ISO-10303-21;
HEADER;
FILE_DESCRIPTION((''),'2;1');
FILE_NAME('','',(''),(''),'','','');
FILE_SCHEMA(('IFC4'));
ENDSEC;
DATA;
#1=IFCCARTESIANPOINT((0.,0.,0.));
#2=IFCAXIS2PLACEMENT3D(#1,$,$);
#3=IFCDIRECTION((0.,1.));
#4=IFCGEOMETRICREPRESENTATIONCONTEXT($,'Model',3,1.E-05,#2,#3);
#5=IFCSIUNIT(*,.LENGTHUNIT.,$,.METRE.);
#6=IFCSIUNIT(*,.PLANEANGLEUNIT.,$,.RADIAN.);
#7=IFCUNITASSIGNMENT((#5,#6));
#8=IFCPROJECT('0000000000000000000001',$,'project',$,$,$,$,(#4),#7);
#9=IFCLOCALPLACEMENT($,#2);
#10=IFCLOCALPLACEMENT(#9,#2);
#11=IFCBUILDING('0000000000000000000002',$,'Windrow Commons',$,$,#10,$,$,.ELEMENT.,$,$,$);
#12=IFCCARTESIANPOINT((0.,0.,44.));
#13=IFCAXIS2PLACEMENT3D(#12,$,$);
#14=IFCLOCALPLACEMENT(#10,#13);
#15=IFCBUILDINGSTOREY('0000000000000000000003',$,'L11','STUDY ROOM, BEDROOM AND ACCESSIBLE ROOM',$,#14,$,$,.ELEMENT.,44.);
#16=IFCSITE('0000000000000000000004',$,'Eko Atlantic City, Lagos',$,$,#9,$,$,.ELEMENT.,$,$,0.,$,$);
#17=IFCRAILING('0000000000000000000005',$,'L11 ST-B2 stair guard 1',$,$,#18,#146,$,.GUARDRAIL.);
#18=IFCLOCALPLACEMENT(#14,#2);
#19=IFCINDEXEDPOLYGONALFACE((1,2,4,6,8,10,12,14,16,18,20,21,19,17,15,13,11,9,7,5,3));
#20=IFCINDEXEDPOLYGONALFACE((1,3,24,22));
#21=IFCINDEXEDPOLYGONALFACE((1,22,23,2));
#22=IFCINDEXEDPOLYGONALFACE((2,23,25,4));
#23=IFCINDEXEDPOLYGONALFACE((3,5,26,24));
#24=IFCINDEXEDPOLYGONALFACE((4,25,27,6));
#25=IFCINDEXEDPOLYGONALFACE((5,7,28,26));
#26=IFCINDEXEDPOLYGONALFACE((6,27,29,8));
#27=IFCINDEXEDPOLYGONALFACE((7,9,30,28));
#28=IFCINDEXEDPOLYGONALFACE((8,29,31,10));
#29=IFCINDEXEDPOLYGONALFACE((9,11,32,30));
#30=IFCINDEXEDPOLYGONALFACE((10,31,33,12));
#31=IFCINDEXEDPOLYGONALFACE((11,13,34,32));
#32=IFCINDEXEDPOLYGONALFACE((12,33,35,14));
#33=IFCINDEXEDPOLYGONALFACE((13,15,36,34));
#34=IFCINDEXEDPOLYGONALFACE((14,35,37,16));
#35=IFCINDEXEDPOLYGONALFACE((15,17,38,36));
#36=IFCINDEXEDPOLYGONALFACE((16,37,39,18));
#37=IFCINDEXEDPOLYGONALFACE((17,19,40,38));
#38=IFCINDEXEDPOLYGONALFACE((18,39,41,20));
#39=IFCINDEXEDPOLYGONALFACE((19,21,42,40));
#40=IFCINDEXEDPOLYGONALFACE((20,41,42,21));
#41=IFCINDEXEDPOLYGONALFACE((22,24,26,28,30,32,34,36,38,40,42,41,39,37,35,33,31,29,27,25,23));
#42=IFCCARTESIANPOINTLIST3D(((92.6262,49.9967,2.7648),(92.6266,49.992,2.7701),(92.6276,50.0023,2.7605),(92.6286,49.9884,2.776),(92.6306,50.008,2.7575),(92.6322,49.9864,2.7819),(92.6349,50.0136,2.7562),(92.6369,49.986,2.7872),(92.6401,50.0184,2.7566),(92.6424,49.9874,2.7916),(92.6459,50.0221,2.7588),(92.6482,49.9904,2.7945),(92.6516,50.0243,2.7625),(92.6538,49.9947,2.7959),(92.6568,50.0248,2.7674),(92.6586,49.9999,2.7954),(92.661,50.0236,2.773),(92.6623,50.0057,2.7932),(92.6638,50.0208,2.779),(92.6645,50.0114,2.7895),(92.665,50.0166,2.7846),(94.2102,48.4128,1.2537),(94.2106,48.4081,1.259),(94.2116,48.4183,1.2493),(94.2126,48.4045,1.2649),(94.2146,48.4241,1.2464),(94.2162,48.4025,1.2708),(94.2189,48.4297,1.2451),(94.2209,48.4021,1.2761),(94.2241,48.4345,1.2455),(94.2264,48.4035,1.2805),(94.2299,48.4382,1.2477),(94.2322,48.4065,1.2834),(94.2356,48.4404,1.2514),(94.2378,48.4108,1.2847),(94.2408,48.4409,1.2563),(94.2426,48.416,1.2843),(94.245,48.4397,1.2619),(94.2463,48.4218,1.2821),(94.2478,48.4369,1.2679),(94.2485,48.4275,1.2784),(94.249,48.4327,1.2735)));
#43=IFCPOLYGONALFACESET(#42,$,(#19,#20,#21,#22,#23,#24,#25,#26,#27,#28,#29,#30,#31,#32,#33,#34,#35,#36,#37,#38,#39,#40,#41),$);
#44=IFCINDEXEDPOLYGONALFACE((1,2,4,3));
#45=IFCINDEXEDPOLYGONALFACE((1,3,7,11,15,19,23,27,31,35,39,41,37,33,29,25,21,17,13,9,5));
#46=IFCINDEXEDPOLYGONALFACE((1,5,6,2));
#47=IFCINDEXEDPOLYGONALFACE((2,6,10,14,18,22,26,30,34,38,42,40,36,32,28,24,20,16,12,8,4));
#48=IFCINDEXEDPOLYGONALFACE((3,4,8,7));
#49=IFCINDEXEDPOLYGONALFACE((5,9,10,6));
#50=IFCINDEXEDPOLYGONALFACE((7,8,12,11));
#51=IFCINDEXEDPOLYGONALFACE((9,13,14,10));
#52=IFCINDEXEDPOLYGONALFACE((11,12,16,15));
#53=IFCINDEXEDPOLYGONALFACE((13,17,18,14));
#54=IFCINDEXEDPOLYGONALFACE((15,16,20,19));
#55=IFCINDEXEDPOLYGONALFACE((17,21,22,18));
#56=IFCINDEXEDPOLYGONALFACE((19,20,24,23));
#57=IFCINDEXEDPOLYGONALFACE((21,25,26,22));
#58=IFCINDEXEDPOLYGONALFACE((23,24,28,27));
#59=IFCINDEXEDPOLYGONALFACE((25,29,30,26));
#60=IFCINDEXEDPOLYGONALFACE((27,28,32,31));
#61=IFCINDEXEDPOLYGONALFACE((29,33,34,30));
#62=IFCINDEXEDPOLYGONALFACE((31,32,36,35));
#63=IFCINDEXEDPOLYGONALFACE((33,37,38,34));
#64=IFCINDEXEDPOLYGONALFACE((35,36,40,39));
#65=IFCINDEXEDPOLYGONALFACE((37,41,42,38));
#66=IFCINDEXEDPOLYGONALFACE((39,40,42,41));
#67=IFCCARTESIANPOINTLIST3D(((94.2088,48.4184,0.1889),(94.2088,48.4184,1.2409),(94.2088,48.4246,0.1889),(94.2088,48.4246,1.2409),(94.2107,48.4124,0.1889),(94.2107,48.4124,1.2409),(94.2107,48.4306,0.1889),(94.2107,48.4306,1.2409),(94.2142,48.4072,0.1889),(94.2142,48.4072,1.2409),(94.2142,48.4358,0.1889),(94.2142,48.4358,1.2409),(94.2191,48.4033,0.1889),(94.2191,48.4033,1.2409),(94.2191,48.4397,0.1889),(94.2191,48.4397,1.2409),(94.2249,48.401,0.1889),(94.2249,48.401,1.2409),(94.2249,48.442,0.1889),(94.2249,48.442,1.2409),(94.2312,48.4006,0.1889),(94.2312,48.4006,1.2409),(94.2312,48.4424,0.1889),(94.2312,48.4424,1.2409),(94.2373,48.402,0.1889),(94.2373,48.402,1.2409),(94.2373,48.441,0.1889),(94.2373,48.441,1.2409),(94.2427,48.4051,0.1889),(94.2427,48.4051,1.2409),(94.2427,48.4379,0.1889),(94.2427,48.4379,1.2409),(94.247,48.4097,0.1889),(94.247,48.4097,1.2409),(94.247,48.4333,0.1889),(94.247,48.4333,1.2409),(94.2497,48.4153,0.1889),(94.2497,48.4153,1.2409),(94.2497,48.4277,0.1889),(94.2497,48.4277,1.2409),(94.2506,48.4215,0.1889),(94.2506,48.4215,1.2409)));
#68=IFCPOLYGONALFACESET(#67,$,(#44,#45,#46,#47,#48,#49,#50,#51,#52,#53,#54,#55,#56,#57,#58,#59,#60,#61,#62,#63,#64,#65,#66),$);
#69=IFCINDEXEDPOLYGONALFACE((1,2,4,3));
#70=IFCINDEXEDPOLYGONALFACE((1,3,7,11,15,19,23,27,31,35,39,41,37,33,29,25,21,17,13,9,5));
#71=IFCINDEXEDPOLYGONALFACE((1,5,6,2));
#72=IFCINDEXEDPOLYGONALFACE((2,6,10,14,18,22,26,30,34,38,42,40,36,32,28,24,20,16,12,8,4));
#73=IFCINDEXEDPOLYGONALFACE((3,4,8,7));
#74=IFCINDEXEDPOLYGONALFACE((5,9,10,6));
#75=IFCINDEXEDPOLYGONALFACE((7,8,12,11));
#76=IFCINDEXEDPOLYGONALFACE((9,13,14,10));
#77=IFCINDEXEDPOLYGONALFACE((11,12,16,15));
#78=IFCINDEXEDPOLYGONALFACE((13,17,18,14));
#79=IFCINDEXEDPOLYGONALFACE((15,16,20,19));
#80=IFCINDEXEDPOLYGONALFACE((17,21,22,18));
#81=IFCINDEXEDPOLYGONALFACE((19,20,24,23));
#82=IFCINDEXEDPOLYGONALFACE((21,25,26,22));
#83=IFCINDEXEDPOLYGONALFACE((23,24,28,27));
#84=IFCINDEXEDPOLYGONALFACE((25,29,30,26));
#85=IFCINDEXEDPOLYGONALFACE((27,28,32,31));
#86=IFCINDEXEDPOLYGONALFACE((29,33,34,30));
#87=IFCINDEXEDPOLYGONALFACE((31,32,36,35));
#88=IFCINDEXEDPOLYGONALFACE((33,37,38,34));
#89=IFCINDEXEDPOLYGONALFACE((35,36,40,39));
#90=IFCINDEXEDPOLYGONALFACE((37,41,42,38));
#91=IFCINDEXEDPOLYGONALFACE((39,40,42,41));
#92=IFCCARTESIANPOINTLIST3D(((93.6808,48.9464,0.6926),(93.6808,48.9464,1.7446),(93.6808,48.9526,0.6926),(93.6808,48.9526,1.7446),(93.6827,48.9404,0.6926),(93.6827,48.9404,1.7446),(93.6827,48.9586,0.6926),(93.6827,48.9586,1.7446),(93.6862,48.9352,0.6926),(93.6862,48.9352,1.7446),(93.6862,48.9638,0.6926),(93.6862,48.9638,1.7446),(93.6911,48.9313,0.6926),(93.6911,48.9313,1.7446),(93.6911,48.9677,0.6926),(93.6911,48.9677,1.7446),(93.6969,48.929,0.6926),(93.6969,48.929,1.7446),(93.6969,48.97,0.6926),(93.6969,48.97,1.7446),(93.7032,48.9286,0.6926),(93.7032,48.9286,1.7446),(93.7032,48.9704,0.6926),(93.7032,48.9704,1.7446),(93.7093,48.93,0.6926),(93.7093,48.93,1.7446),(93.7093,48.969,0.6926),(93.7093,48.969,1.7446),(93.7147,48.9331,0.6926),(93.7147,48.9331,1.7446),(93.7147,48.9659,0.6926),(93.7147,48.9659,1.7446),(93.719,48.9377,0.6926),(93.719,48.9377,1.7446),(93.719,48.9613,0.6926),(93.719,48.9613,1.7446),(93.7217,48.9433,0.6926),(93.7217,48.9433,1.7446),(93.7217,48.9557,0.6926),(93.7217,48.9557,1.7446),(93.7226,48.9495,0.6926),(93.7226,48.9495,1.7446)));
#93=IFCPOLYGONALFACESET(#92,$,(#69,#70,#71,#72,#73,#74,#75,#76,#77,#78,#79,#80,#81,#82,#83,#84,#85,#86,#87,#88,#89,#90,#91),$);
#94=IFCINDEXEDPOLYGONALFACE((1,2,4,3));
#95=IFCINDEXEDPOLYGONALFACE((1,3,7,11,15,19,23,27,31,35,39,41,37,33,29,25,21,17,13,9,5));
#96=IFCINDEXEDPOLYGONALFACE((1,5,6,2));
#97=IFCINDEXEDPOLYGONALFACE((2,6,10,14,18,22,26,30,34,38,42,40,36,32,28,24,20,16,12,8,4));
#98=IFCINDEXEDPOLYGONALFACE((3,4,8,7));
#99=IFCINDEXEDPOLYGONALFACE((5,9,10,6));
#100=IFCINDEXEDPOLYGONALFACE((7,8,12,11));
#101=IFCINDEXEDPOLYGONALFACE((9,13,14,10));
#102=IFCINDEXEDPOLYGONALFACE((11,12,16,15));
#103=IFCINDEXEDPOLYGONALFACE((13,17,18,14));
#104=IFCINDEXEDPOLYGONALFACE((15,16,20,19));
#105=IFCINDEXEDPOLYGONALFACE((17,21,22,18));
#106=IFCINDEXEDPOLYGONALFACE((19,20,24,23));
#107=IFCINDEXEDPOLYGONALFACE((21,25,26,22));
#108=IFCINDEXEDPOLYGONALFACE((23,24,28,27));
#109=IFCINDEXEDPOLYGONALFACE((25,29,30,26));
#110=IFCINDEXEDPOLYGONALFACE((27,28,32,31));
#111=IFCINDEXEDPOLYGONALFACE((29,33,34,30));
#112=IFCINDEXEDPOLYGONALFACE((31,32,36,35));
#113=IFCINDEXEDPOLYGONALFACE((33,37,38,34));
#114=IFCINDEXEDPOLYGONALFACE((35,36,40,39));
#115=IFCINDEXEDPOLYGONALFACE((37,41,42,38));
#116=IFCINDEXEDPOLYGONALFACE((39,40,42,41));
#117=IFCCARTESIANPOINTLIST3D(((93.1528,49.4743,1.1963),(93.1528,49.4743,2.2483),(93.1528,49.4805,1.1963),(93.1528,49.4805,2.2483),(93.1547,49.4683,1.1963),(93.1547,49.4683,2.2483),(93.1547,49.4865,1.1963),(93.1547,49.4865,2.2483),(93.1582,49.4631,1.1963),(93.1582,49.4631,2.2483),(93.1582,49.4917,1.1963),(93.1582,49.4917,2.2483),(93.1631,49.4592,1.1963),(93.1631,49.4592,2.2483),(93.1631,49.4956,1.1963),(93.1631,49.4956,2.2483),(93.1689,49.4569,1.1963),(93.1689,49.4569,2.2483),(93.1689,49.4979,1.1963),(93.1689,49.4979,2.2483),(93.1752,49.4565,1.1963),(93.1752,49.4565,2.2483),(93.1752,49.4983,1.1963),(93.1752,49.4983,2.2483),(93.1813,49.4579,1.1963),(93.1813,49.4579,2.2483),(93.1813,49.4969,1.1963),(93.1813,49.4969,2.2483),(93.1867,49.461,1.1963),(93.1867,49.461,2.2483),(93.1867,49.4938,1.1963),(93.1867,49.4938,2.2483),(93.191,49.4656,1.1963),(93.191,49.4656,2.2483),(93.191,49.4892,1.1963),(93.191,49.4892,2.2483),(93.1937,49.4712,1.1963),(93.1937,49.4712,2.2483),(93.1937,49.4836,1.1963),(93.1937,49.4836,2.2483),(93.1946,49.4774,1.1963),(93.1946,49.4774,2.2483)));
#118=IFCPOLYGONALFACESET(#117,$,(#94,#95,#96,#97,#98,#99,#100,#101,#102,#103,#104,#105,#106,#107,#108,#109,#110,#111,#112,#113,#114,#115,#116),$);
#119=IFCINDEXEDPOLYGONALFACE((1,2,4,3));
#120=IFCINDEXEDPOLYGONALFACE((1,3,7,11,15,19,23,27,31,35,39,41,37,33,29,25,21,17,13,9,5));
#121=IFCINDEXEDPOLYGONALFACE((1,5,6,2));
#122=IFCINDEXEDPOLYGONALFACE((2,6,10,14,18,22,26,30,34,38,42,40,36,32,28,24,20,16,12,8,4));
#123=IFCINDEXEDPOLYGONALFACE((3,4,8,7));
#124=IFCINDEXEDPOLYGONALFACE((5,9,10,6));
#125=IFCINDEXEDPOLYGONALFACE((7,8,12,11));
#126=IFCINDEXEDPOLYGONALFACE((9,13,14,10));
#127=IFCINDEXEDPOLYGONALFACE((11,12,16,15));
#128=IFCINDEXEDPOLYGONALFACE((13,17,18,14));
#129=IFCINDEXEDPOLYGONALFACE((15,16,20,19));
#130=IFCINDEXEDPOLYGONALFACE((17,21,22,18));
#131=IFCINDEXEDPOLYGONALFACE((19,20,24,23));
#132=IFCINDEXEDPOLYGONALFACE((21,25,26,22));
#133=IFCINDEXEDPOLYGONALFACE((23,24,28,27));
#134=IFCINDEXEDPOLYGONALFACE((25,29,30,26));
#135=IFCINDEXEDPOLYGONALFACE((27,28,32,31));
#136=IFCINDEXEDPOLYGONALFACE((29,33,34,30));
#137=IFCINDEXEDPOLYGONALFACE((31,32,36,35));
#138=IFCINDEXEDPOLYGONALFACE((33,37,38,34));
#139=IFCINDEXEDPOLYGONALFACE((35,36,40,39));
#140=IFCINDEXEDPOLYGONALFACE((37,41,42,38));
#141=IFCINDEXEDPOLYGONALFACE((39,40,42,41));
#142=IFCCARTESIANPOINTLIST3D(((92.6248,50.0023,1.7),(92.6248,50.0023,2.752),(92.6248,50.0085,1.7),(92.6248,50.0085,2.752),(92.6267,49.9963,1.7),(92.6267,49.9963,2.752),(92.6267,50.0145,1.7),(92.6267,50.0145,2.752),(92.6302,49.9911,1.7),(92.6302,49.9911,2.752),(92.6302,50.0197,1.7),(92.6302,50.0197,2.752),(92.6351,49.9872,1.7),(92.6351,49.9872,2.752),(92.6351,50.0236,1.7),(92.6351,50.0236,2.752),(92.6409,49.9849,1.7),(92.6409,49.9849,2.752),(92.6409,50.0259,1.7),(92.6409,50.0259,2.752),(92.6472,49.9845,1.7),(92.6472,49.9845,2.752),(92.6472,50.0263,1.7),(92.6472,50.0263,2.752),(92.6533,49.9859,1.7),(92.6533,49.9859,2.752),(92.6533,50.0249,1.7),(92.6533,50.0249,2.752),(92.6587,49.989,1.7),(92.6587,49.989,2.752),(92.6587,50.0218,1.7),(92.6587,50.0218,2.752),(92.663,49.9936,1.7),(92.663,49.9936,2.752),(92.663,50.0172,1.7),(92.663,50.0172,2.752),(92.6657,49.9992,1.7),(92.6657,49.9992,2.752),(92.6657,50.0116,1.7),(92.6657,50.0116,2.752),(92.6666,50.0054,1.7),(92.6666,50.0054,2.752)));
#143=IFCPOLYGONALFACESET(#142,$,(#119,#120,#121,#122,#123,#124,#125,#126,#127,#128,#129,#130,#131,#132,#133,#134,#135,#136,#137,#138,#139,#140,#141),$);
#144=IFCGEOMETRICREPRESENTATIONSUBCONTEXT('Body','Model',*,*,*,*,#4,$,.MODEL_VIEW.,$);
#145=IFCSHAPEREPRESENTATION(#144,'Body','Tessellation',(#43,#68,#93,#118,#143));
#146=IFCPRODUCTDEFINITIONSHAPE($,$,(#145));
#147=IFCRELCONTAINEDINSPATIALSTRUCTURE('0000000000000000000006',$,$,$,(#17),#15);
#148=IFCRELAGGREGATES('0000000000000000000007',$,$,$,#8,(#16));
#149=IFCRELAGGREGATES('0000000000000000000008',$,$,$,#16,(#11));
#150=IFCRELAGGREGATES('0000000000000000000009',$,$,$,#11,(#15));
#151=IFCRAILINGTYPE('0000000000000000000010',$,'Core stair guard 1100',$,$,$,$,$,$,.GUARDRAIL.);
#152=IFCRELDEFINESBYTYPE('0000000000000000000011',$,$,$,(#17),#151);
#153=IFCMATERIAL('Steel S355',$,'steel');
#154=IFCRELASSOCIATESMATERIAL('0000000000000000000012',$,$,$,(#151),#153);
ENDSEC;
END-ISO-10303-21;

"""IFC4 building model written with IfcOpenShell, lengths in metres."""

from ifc_helpers import new_model, si_unit, direction, frame, origin, origin_2d, place, context, subcontext, project, spatial, circle, extrude, material, type_object, element, save


model = new_model("IFC4")

# Units and contexts
model_context = context("Model", 3, precision=1e-05, world=origin(), true_north=direction((0.0, 1.0)))
body_context = subcontext(model_context, "Body", "Model", "MODEL_VIEW")
ifc_project = project(units=[si_unit("LENGTHUNIT", "METRE"), si_unit("PLANEANGLEUNIT", "RADIAN")], contexts=[model_context])

# Site, building, storey
site_placement = place(None, origin())
site = spatial("IfcSite", under=ifc_project, at=site_placement, Name="Eko Atlantic City, Lagos", CompositionType="ELEMENT", RefElevation=0.0)
building_placement = place(site_placement, origin())
building = spatial("IfcBuilding", under=site, at=building_placement, Name="Windrow Commons", CompositionType="ELEMENT")
storey_placement = place(building_placement, frame((0.0, 0.0, 44.0)))
storey = spatial("IfcBuildingStorey", under=building, at=storey_placement, Name="L11", Description="STUDY ROOM, BEDROOM AND ACCESSIBLE ROOM", CompositionType="ELEMENT", Elevation=44.0)

# Railing
ifc_material_1 = material(Name="Steel S355", Category="steel")
railing_type = type_object("IfcRailingType", Name="Core stair guard 1100", PredefinedType="GUARDRAIL", material=ifc_material_1)
railing_placement = place(storey_placement, frame((94.2296, 48.4215, 0.1889)))
element("IfcRailing", 1, at=railing_placement, inside=storey, type_object=railing_type, Name="L11 ST-B2 stair guard 1", PredefinedType="GUARDRAIL", context=body_context, shape_type="SweptSolid", body=[
    extrude(circle(Radius=0.024, at=origin_2d()), frame((0.0, 0.0, 1.076), z_axis=(-0.586216, 0.586179, 0.559237), x_axis=(-0.707084, -0.707129, 0.0)), (0.0, 0.0, 1.0), 2.7021),
    extrude(circle(Radius=0.021, at=origin_2d()), origin(), (0.0, 0.0, 1.0), 1.052),
    extrude(circle(Radius=0.021, at=origin_2d()), frame((-0.528, 0.528, 0.5037)), (0.0, 0.0, 1.0), 1.052),
    extrude(circle(Radius=0.021, at=origin_2d()), frame((-1.056, 1.0559, 1.0074)), (0.0, 0.0, 1.0), 1.052),
    extrude(circle(Radius=0.021, at=origin_2d()), frame((-1.584, 1.5839, 1.5111)), (0.0, 0.0, 1.0), 1.052),
])

save(model, "model.ifc")
